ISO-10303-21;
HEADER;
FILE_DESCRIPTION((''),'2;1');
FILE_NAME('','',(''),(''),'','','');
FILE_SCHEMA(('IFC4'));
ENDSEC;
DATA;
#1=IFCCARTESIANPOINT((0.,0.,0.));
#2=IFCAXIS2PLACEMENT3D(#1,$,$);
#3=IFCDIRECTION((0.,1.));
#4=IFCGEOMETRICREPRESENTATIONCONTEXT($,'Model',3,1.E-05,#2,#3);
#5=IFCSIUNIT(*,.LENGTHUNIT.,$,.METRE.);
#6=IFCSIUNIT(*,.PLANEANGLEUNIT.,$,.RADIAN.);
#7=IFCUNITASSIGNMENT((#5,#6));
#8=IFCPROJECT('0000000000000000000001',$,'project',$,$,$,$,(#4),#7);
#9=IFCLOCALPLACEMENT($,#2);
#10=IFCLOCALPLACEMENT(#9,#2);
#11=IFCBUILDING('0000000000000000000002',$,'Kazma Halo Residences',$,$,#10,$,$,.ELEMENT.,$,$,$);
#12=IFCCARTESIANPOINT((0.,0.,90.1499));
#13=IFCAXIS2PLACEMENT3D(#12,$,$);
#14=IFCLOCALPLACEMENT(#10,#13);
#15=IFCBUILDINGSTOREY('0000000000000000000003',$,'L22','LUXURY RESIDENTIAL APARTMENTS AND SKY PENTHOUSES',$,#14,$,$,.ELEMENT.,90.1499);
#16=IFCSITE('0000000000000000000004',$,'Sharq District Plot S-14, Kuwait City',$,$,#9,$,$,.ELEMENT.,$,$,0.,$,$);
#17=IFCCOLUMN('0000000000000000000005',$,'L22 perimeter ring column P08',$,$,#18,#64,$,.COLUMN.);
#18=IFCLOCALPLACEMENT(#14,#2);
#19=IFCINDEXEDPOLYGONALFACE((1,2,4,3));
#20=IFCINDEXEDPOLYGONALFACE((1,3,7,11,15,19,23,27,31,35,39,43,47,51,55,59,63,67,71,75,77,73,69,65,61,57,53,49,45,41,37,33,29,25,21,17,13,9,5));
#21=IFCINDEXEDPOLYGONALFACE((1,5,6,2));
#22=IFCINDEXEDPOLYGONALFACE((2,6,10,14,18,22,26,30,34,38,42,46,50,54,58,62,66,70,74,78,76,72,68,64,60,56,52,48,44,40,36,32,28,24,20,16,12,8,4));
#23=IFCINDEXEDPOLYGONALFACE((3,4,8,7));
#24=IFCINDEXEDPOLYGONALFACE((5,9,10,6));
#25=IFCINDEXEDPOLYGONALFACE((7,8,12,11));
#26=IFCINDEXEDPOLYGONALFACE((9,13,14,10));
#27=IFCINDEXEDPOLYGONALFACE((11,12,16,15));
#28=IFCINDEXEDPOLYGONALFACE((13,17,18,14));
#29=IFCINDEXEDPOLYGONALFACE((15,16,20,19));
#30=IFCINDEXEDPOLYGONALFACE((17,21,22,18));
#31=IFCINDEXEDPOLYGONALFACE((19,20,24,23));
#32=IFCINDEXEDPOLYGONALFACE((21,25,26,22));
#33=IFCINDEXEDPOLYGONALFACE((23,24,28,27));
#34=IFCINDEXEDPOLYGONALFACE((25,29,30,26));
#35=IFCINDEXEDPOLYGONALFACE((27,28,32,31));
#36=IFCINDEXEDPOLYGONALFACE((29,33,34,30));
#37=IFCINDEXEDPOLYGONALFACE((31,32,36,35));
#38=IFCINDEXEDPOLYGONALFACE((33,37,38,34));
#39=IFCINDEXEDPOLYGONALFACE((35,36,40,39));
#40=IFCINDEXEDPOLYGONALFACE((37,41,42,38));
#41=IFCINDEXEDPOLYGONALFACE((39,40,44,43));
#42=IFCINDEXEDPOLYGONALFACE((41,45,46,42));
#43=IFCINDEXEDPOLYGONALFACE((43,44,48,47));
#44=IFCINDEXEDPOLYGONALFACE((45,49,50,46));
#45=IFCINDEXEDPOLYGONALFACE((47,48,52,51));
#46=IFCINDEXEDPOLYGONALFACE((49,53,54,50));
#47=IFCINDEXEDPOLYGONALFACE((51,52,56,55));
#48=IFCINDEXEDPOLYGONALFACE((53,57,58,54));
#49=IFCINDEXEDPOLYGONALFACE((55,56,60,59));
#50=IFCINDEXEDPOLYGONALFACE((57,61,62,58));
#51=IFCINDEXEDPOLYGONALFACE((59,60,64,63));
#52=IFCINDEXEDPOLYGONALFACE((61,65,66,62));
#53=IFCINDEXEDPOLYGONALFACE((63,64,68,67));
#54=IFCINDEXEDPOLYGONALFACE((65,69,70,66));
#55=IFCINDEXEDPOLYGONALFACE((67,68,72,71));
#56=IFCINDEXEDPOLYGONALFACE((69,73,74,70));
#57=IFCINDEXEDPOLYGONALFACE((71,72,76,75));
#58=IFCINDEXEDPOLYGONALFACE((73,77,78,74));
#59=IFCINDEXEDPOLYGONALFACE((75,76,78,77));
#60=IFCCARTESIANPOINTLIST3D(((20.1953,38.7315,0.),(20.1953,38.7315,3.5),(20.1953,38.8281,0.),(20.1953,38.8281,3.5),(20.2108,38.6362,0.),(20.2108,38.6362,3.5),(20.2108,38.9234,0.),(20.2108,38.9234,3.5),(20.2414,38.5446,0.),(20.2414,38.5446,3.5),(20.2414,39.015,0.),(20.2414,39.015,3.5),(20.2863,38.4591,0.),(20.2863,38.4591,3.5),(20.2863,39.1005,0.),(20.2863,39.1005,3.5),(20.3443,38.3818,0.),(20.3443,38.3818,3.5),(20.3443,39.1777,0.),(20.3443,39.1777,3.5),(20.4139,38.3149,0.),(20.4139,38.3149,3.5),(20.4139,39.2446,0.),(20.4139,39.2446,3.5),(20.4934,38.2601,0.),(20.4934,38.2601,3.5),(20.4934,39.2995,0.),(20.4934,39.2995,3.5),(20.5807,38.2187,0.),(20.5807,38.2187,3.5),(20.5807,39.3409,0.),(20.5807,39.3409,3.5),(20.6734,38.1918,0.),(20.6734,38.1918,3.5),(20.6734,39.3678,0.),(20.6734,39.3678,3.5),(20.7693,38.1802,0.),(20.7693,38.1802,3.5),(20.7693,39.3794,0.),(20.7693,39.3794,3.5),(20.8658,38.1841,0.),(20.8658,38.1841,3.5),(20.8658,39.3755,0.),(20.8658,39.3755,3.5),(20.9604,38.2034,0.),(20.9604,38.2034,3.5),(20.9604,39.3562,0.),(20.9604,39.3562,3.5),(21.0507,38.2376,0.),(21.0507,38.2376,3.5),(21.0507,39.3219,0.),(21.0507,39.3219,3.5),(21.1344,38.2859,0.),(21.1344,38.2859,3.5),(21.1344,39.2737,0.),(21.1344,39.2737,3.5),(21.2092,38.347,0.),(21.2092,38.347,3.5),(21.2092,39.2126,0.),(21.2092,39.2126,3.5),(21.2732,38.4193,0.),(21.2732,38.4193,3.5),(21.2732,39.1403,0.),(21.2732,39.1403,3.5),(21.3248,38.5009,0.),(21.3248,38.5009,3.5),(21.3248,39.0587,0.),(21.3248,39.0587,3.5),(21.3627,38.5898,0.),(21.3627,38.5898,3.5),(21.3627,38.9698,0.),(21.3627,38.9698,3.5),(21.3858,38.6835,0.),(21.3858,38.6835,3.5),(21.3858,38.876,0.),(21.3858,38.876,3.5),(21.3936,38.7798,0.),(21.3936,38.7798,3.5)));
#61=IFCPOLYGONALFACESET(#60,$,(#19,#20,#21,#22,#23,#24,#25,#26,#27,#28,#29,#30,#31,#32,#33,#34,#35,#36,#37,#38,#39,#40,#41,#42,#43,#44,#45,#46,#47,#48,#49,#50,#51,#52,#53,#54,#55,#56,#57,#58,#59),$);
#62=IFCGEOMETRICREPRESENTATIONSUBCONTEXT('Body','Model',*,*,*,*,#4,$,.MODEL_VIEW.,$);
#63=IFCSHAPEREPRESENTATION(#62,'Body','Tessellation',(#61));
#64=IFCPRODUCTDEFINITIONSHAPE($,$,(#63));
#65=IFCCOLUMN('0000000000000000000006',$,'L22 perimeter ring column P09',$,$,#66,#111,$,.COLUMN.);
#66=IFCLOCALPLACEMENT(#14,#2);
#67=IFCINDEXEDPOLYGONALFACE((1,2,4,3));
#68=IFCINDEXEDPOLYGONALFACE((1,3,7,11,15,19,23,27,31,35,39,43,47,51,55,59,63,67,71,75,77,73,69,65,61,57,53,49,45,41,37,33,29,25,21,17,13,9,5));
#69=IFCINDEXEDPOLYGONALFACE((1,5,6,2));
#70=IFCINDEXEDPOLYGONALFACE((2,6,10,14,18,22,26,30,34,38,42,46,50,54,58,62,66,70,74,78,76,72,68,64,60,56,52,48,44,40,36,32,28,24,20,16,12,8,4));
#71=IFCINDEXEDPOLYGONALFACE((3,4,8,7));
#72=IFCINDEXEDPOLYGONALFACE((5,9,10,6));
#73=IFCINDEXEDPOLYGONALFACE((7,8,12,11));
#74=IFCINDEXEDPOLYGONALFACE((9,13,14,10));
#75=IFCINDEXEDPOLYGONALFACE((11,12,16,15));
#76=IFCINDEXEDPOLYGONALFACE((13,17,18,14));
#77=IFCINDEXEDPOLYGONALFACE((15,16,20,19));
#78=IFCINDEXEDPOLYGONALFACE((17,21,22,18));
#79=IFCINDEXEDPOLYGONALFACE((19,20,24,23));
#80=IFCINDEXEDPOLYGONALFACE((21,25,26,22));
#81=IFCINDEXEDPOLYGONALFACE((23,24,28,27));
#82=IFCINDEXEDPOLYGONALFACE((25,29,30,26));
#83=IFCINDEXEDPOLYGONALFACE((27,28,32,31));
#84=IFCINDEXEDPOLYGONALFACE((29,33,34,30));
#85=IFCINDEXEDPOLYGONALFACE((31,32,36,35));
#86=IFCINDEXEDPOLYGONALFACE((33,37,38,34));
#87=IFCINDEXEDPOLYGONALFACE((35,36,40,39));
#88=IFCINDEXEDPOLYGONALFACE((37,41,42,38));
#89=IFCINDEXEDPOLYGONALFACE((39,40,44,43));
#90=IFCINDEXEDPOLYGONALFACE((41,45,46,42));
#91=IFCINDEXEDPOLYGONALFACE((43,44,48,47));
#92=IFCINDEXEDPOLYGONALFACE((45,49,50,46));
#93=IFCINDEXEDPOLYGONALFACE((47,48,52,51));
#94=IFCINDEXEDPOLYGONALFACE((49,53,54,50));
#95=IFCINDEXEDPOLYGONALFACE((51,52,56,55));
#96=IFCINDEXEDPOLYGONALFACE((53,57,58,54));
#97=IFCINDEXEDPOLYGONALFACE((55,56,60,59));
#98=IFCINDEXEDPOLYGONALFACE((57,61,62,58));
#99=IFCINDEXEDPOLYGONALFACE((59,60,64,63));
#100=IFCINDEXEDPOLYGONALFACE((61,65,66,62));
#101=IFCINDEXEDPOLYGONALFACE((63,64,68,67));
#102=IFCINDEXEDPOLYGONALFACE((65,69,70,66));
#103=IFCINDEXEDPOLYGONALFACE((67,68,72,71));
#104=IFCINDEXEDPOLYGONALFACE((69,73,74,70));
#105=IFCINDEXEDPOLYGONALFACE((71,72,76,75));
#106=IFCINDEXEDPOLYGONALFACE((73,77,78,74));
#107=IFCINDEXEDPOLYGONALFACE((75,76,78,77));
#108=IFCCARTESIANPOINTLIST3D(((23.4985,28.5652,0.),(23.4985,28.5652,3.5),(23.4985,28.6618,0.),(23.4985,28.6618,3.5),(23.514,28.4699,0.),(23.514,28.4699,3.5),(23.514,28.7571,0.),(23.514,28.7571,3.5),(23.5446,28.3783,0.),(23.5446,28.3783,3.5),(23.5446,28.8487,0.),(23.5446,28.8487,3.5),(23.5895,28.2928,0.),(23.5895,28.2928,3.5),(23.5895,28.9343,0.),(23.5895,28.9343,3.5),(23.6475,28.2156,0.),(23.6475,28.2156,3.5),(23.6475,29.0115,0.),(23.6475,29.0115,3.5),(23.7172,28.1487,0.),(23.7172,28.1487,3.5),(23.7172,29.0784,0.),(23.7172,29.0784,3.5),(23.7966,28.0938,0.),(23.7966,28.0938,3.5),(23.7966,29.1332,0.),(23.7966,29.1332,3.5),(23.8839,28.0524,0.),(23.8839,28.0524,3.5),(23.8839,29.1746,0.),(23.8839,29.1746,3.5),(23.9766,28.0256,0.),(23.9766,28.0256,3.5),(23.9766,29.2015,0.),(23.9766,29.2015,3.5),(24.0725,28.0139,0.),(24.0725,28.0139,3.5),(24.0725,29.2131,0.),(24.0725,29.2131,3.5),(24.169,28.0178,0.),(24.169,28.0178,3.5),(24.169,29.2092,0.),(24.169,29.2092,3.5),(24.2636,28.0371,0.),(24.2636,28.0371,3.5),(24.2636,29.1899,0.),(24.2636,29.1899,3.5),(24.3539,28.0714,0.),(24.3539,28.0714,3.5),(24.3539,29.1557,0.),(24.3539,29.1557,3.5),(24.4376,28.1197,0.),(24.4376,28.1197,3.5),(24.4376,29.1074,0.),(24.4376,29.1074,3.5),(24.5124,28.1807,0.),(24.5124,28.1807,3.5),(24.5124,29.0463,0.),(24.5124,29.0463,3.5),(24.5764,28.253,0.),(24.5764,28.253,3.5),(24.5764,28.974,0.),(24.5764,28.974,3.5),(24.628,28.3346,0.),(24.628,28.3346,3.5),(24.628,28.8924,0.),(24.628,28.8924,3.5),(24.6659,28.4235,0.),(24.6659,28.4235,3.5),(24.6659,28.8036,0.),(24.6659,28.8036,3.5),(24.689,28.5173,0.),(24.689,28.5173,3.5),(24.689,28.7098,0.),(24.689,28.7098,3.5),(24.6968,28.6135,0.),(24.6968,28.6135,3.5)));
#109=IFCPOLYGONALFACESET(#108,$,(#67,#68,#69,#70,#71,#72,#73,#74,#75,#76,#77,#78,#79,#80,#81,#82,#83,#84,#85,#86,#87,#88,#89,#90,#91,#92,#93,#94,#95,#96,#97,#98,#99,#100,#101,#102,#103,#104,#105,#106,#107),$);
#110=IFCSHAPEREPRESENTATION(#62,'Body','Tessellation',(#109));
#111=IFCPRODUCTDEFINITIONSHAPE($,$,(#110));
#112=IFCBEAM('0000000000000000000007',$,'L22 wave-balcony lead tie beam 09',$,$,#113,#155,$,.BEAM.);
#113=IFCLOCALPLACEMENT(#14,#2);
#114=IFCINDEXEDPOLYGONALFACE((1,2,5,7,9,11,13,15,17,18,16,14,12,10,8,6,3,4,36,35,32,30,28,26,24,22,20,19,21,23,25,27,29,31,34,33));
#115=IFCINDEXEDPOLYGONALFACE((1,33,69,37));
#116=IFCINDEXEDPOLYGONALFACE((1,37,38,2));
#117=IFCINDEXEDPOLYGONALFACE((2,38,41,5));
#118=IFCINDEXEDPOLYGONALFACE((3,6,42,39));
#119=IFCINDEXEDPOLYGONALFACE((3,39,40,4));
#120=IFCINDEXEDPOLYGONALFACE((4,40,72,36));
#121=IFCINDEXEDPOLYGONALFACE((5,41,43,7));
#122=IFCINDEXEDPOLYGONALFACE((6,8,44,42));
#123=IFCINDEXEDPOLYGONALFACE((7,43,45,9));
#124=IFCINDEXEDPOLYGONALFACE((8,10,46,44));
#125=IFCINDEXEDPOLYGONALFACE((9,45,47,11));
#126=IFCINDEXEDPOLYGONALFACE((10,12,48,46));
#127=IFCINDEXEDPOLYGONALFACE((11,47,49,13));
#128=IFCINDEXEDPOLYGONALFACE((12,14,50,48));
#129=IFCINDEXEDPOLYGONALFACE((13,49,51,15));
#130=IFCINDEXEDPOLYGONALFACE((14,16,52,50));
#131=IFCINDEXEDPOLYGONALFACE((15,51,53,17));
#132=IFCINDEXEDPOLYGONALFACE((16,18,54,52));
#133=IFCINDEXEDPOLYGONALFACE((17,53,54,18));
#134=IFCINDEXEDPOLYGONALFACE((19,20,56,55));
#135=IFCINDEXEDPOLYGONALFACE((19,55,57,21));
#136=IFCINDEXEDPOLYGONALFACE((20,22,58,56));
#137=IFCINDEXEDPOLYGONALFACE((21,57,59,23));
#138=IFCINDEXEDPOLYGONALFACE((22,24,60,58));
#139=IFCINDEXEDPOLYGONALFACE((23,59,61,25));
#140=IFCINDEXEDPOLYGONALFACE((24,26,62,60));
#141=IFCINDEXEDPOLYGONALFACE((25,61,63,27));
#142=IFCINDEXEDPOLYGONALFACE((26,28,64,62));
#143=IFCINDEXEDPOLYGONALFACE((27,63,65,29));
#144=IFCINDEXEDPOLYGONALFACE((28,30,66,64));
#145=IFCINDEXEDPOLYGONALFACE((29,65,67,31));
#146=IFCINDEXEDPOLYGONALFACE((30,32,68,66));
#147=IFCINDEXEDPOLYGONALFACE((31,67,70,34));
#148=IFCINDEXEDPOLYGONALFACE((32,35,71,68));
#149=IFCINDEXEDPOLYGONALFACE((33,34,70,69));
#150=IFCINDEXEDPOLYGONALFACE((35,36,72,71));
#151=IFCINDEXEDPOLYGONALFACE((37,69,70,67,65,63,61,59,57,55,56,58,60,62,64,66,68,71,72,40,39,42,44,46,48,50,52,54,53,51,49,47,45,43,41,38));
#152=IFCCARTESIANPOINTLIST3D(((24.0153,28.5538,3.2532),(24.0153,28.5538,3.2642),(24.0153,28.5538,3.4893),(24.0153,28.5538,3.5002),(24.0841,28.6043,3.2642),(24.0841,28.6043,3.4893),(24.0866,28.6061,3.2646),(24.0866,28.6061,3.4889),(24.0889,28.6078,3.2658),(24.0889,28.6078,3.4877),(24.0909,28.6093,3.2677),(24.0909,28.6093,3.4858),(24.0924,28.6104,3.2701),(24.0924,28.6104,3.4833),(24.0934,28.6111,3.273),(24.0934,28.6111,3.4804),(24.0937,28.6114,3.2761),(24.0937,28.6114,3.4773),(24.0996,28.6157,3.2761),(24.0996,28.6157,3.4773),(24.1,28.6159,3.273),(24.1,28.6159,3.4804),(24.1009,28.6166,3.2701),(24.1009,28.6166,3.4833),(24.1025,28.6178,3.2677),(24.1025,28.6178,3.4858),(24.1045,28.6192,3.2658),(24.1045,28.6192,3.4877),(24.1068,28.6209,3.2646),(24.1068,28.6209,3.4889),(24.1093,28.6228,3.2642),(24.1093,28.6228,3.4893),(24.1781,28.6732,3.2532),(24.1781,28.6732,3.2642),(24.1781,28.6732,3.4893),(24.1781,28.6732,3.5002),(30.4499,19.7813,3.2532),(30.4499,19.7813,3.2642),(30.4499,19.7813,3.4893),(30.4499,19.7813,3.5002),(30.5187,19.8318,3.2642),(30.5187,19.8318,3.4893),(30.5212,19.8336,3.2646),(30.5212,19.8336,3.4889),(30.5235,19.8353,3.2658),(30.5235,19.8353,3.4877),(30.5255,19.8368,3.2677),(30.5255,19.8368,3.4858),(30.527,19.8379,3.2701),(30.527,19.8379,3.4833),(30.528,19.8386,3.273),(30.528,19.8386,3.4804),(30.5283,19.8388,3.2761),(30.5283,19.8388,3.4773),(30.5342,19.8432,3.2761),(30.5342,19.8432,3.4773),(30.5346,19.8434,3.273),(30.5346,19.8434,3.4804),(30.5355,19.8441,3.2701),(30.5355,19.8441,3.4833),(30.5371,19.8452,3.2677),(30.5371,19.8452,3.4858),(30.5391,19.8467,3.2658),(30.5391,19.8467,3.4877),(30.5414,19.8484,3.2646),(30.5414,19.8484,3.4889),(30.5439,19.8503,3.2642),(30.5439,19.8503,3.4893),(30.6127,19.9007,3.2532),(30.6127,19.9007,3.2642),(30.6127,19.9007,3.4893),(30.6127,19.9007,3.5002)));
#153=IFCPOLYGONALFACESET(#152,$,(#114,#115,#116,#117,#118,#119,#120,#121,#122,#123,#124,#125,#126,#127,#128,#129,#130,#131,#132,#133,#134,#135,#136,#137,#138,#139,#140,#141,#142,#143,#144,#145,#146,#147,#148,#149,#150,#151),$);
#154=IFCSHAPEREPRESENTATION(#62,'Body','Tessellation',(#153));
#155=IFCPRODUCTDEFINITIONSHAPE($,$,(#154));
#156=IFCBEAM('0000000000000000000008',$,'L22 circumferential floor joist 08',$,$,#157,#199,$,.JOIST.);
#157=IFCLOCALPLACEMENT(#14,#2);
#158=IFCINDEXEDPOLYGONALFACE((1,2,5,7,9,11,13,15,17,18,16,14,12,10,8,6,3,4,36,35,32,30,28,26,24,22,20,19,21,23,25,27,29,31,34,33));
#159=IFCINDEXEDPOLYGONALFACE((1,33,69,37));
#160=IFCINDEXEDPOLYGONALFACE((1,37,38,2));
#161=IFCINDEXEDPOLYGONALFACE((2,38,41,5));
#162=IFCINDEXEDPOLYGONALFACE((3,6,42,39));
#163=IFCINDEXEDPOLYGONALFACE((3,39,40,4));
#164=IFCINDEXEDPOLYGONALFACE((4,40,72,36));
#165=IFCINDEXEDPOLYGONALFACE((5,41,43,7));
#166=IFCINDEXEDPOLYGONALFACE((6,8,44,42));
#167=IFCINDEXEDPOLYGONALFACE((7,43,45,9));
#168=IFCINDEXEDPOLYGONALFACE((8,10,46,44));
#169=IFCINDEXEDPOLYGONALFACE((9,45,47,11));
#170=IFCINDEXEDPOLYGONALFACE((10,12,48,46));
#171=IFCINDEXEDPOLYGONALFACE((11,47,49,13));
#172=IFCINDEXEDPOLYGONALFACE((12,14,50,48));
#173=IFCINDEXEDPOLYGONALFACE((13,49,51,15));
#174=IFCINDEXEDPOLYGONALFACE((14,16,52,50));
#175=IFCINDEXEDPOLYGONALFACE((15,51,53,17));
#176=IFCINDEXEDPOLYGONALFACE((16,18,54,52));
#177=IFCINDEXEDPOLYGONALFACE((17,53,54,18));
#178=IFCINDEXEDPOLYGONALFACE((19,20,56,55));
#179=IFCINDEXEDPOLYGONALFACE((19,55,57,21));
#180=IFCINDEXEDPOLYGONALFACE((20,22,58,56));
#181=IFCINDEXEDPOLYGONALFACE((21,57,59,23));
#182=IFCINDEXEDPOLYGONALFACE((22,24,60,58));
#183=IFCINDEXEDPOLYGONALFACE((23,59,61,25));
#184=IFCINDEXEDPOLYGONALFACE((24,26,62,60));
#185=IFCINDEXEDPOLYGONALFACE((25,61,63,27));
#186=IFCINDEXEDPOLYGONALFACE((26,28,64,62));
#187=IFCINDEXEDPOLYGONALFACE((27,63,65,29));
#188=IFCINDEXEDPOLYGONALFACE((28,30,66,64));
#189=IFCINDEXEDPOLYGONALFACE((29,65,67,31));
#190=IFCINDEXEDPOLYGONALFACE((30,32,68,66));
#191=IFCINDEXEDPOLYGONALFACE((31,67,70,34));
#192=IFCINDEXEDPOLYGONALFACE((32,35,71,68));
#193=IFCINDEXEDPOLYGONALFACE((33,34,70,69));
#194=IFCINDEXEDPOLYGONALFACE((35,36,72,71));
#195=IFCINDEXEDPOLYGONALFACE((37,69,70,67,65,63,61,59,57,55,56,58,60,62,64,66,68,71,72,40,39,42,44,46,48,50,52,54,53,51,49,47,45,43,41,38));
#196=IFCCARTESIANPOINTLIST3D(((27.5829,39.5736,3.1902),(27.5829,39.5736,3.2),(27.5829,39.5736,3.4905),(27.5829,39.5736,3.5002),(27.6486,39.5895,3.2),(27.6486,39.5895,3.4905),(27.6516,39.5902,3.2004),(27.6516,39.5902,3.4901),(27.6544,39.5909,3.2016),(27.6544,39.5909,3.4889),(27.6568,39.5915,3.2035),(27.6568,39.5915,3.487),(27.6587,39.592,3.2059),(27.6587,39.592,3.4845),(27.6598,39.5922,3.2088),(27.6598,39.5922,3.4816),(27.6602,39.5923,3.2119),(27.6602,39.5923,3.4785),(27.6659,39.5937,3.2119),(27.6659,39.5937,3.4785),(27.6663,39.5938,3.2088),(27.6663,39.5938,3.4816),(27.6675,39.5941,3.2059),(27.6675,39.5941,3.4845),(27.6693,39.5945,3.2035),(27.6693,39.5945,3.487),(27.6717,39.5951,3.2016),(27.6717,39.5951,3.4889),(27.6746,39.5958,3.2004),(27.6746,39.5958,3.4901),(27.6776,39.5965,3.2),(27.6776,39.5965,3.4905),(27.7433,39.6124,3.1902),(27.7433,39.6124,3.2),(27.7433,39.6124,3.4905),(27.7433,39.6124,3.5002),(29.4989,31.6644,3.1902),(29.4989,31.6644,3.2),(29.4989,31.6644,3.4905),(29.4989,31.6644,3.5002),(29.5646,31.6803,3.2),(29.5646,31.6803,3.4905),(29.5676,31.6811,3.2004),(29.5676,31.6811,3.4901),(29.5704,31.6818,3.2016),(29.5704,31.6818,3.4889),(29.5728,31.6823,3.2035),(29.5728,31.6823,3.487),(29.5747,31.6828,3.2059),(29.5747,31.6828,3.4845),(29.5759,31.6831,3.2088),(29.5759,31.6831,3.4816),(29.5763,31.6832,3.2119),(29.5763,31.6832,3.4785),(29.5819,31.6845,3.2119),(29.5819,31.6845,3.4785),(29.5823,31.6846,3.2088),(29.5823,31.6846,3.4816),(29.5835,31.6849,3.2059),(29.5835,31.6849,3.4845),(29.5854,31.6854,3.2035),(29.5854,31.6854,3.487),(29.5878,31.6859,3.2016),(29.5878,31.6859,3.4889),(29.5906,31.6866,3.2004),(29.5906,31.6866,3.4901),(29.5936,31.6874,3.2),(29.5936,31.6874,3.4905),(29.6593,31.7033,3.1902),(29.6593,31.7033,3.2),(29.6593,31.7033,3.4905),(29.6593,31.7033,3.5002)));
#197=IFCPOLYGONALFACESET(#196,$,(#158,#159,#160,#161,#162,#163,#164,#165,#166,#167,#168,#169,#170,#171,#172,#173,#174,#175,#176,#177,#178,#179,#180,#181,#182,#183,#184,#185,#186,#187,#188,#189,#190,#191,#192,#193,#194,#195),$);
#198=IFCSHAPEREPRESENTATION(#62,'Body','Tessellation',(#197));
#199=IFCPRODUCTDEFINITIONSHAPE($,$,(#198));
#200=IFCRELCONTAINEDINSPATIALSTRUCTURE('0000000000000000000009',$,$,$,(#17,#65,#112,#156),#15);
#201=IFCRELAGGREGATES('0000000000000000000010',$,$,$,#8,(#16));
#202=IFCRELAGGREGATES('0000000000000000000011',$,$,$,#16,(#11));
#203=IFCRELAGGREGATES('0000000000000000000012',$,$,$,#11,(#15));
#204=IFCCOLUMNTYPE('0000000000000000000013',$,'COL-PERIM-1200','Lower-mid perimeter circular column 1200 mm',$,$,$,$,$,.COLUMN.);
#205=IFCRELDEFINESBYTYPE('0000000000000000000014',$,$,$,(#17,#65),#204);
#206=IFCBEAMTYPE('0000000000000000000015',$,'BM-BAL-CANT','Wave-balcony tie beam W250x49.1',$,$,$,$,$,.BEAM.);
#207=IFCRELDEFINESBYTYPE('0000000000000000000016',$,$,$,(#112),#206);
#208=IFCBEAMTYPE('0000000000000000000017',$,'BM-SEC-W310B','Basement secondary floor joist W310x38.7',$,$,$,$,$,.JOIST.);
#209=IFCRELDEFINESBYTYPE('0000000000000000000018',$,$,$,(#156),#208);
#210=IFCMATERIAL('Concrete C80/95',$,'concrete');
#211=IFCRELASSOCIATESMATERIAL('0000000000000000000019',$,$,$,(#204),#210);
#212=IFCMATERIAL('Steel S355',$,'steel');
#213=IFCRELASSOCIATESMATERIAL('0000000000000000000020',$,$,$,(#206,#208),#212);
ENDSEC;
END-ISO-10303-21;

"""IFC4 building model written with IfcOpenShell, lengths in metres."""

from ifc_helpers import new_model, si_unit, direction, frame, origin, origin_2d, place, context, subcontext, project, spatial, circle, i_section, extrude, material, material_profile, profile_set, type_object, element, save


model = new_model("IFC4")

# Units and contexts
model_context = context("Model", 3, precision=1e-05, world=origin(), true_north=direction((0.0, 1.0)))
body_context = subcontext(model_context, "Body", "Model", "MODEL_VIEW")
ifc_project = project(units=[si_unit("LENGTHUNIT", "METRE"), si_unit("PLANEANGLEUNIT", "RADIAN")], contexts=[model_context])

# Site, building, storey
site_placement = place(None, origin())
site = spatial("IfcSite", under=ifc_project, at=site_placement, Name="Sharq District Plot S-14, Kuwait City", CompositionType="ELEMENT", RefElevation=0.0)
building_placement = place(site_placement, origin())
building = spatial("IfcBuilding", under=site, at=building_placement, Name="Kazma Halo Residences", CompositionType="ELEMENT")
storey_placement = place(building_placement, frame((0.0, 0.0, 90.1499)))
storey = spatial("IfcBuildingStorey", under=building, at=storey_placement, Name="L22", Description="LUXURY RESIDENTIAL APARTMENTS AND SKY PENTHOUSES", CompositionType="ELEMENT", Elevation=90.1499)

# Columns
ifc_material_1 = material(Name="Concrete C80/95", Category="concrete")
ifc_material_profile_1 = material_profile(ifc_material_1, circle(Radius=0.6001, at=origin_2d()), Name="CIRC1200")
ifc_profile_set_1 = profile_set([ifc_material_profile_1], Name="Concrete C80/95")
column_type = type_object("IfcColumnType", Name="COL-PERIM-1200", Description="Lower-mid perimeter circular column 1200 mm", PredefinedType="COLUMN", material=ifc_profile_set_1)
for number, where, z_axis, x_axis, name in (
    (1, (20.7935, 38.7798, 0.0), (0.0, 0.0, 1.0), (1.0, 0.0, 0.0), "L22 perimeter ring column P08"),
    (2, (24.0967, 28.6135, 0.0), (0.0, 0.0, 1.0), (1.0, 0.0, 0.0), "L22 perimeter ring column P09"),
):
    element("IfcColumn", number, at=place(storey_placement, frame(where, z_axis=z_axis, x_axis=x_axis)), inside=storey, type_object=column_type, Name=name, PredefinedType="COLUMN", context=body_context, shape_type="SweptSolid", body=[
        extrude(circle(Radius=0.6001, at=origin_2d()), origin(), (0.0, 0.0, 1.0), 3.5),
    ])

# Beams
ifc_material_2 = material(Name="Steel S355", Category="steel")
ifc_material_profile_2 = material_profile(ifc_material_2, i_section(OverallWidth=0.2019, OverallDepth=0.2471, WebThickness=0.0073, FlangeThickness=0.011, FilletRadius=0.012, at=origin_2d()), Name="W250x49.1")
ifc_profile_set_2 = profile_set([ifc_material_profile_2], Name="Steel S355")
beam_type_1 = type_object("IfcBeamType", Name="BM-BAL-CANT", Description="Wave-balcony tie beam W250x49.1", PredefinedType="BEAM", material=ifc_profile_set_2)
beam_1_placement = place(storey_placement, frame((24.0967, 28.6135, 3.3767), z_axis=(0.591449, -0.806342, 0.0), x_axis=(0.806342, 0.591449, 0.0)))
element("IfcBeam", 3, at=beam_1_placement, inside=storey, type_object=beam_type_1, Name="L22 wave-balcony lead tie beam 09", PredefinedType="BEAM", context=body_context, shape_type="SweptSolid", body=[
    extrude(i_section(OverallWidth=0.2019, OverallDepth=0.2471, WebThickness=0.0073, FlangeThickness=0.011, FilletRadius=0.012, at=origin_2d()), origin(), (0.0, 0.0, 1.0), 10.8794),
])
ifc_material_profile_3 = material_profile(ifc_material_2, i_section(OverallWidth=0.165, OverallDepth=0.3101, WebThickness=0.0059, FlangeThickness=0.0098, FilletRadius=0.012, at=origin_2d()), Name="W310x38.7")
ifc_profile_set_3 = profile_set([ifc_material_profile_3], Name="Steel S355")
beam_type_2 = type_object("IfcBeamType", Name="BM-SEC-W310B", Description="Basement secondary floor joist W310x38.7", PredefinedType="JOIST", material=ifc_profile_set_3)
beam_2_placement = place(storey_placement, frame((27.6631, 39.593, 3.3452), z_axis=(0.235442, -0.971888, 0.0), x_axis=(0.971888, 0.235442, 0.0)))
element("IfcBeam", 4, at=beam_2_placement, inside=storey, type_object=beam_type_2, Name="L22 circumferential floor joist 08", PredefinedType="JOIST", context=body_context, shape_type="SweptSolid", body=[
    extrude(i_section(OverallWidth=0.165, OverallDepth=0.3101, WebThickness=0.0059, FlangeThickness=0.0098, FilletRadius=0.012, at=origin_2d()), origin(), (0.0, 0.0, 1.0), 8.1379),
])

save(model, "model.ifc")
